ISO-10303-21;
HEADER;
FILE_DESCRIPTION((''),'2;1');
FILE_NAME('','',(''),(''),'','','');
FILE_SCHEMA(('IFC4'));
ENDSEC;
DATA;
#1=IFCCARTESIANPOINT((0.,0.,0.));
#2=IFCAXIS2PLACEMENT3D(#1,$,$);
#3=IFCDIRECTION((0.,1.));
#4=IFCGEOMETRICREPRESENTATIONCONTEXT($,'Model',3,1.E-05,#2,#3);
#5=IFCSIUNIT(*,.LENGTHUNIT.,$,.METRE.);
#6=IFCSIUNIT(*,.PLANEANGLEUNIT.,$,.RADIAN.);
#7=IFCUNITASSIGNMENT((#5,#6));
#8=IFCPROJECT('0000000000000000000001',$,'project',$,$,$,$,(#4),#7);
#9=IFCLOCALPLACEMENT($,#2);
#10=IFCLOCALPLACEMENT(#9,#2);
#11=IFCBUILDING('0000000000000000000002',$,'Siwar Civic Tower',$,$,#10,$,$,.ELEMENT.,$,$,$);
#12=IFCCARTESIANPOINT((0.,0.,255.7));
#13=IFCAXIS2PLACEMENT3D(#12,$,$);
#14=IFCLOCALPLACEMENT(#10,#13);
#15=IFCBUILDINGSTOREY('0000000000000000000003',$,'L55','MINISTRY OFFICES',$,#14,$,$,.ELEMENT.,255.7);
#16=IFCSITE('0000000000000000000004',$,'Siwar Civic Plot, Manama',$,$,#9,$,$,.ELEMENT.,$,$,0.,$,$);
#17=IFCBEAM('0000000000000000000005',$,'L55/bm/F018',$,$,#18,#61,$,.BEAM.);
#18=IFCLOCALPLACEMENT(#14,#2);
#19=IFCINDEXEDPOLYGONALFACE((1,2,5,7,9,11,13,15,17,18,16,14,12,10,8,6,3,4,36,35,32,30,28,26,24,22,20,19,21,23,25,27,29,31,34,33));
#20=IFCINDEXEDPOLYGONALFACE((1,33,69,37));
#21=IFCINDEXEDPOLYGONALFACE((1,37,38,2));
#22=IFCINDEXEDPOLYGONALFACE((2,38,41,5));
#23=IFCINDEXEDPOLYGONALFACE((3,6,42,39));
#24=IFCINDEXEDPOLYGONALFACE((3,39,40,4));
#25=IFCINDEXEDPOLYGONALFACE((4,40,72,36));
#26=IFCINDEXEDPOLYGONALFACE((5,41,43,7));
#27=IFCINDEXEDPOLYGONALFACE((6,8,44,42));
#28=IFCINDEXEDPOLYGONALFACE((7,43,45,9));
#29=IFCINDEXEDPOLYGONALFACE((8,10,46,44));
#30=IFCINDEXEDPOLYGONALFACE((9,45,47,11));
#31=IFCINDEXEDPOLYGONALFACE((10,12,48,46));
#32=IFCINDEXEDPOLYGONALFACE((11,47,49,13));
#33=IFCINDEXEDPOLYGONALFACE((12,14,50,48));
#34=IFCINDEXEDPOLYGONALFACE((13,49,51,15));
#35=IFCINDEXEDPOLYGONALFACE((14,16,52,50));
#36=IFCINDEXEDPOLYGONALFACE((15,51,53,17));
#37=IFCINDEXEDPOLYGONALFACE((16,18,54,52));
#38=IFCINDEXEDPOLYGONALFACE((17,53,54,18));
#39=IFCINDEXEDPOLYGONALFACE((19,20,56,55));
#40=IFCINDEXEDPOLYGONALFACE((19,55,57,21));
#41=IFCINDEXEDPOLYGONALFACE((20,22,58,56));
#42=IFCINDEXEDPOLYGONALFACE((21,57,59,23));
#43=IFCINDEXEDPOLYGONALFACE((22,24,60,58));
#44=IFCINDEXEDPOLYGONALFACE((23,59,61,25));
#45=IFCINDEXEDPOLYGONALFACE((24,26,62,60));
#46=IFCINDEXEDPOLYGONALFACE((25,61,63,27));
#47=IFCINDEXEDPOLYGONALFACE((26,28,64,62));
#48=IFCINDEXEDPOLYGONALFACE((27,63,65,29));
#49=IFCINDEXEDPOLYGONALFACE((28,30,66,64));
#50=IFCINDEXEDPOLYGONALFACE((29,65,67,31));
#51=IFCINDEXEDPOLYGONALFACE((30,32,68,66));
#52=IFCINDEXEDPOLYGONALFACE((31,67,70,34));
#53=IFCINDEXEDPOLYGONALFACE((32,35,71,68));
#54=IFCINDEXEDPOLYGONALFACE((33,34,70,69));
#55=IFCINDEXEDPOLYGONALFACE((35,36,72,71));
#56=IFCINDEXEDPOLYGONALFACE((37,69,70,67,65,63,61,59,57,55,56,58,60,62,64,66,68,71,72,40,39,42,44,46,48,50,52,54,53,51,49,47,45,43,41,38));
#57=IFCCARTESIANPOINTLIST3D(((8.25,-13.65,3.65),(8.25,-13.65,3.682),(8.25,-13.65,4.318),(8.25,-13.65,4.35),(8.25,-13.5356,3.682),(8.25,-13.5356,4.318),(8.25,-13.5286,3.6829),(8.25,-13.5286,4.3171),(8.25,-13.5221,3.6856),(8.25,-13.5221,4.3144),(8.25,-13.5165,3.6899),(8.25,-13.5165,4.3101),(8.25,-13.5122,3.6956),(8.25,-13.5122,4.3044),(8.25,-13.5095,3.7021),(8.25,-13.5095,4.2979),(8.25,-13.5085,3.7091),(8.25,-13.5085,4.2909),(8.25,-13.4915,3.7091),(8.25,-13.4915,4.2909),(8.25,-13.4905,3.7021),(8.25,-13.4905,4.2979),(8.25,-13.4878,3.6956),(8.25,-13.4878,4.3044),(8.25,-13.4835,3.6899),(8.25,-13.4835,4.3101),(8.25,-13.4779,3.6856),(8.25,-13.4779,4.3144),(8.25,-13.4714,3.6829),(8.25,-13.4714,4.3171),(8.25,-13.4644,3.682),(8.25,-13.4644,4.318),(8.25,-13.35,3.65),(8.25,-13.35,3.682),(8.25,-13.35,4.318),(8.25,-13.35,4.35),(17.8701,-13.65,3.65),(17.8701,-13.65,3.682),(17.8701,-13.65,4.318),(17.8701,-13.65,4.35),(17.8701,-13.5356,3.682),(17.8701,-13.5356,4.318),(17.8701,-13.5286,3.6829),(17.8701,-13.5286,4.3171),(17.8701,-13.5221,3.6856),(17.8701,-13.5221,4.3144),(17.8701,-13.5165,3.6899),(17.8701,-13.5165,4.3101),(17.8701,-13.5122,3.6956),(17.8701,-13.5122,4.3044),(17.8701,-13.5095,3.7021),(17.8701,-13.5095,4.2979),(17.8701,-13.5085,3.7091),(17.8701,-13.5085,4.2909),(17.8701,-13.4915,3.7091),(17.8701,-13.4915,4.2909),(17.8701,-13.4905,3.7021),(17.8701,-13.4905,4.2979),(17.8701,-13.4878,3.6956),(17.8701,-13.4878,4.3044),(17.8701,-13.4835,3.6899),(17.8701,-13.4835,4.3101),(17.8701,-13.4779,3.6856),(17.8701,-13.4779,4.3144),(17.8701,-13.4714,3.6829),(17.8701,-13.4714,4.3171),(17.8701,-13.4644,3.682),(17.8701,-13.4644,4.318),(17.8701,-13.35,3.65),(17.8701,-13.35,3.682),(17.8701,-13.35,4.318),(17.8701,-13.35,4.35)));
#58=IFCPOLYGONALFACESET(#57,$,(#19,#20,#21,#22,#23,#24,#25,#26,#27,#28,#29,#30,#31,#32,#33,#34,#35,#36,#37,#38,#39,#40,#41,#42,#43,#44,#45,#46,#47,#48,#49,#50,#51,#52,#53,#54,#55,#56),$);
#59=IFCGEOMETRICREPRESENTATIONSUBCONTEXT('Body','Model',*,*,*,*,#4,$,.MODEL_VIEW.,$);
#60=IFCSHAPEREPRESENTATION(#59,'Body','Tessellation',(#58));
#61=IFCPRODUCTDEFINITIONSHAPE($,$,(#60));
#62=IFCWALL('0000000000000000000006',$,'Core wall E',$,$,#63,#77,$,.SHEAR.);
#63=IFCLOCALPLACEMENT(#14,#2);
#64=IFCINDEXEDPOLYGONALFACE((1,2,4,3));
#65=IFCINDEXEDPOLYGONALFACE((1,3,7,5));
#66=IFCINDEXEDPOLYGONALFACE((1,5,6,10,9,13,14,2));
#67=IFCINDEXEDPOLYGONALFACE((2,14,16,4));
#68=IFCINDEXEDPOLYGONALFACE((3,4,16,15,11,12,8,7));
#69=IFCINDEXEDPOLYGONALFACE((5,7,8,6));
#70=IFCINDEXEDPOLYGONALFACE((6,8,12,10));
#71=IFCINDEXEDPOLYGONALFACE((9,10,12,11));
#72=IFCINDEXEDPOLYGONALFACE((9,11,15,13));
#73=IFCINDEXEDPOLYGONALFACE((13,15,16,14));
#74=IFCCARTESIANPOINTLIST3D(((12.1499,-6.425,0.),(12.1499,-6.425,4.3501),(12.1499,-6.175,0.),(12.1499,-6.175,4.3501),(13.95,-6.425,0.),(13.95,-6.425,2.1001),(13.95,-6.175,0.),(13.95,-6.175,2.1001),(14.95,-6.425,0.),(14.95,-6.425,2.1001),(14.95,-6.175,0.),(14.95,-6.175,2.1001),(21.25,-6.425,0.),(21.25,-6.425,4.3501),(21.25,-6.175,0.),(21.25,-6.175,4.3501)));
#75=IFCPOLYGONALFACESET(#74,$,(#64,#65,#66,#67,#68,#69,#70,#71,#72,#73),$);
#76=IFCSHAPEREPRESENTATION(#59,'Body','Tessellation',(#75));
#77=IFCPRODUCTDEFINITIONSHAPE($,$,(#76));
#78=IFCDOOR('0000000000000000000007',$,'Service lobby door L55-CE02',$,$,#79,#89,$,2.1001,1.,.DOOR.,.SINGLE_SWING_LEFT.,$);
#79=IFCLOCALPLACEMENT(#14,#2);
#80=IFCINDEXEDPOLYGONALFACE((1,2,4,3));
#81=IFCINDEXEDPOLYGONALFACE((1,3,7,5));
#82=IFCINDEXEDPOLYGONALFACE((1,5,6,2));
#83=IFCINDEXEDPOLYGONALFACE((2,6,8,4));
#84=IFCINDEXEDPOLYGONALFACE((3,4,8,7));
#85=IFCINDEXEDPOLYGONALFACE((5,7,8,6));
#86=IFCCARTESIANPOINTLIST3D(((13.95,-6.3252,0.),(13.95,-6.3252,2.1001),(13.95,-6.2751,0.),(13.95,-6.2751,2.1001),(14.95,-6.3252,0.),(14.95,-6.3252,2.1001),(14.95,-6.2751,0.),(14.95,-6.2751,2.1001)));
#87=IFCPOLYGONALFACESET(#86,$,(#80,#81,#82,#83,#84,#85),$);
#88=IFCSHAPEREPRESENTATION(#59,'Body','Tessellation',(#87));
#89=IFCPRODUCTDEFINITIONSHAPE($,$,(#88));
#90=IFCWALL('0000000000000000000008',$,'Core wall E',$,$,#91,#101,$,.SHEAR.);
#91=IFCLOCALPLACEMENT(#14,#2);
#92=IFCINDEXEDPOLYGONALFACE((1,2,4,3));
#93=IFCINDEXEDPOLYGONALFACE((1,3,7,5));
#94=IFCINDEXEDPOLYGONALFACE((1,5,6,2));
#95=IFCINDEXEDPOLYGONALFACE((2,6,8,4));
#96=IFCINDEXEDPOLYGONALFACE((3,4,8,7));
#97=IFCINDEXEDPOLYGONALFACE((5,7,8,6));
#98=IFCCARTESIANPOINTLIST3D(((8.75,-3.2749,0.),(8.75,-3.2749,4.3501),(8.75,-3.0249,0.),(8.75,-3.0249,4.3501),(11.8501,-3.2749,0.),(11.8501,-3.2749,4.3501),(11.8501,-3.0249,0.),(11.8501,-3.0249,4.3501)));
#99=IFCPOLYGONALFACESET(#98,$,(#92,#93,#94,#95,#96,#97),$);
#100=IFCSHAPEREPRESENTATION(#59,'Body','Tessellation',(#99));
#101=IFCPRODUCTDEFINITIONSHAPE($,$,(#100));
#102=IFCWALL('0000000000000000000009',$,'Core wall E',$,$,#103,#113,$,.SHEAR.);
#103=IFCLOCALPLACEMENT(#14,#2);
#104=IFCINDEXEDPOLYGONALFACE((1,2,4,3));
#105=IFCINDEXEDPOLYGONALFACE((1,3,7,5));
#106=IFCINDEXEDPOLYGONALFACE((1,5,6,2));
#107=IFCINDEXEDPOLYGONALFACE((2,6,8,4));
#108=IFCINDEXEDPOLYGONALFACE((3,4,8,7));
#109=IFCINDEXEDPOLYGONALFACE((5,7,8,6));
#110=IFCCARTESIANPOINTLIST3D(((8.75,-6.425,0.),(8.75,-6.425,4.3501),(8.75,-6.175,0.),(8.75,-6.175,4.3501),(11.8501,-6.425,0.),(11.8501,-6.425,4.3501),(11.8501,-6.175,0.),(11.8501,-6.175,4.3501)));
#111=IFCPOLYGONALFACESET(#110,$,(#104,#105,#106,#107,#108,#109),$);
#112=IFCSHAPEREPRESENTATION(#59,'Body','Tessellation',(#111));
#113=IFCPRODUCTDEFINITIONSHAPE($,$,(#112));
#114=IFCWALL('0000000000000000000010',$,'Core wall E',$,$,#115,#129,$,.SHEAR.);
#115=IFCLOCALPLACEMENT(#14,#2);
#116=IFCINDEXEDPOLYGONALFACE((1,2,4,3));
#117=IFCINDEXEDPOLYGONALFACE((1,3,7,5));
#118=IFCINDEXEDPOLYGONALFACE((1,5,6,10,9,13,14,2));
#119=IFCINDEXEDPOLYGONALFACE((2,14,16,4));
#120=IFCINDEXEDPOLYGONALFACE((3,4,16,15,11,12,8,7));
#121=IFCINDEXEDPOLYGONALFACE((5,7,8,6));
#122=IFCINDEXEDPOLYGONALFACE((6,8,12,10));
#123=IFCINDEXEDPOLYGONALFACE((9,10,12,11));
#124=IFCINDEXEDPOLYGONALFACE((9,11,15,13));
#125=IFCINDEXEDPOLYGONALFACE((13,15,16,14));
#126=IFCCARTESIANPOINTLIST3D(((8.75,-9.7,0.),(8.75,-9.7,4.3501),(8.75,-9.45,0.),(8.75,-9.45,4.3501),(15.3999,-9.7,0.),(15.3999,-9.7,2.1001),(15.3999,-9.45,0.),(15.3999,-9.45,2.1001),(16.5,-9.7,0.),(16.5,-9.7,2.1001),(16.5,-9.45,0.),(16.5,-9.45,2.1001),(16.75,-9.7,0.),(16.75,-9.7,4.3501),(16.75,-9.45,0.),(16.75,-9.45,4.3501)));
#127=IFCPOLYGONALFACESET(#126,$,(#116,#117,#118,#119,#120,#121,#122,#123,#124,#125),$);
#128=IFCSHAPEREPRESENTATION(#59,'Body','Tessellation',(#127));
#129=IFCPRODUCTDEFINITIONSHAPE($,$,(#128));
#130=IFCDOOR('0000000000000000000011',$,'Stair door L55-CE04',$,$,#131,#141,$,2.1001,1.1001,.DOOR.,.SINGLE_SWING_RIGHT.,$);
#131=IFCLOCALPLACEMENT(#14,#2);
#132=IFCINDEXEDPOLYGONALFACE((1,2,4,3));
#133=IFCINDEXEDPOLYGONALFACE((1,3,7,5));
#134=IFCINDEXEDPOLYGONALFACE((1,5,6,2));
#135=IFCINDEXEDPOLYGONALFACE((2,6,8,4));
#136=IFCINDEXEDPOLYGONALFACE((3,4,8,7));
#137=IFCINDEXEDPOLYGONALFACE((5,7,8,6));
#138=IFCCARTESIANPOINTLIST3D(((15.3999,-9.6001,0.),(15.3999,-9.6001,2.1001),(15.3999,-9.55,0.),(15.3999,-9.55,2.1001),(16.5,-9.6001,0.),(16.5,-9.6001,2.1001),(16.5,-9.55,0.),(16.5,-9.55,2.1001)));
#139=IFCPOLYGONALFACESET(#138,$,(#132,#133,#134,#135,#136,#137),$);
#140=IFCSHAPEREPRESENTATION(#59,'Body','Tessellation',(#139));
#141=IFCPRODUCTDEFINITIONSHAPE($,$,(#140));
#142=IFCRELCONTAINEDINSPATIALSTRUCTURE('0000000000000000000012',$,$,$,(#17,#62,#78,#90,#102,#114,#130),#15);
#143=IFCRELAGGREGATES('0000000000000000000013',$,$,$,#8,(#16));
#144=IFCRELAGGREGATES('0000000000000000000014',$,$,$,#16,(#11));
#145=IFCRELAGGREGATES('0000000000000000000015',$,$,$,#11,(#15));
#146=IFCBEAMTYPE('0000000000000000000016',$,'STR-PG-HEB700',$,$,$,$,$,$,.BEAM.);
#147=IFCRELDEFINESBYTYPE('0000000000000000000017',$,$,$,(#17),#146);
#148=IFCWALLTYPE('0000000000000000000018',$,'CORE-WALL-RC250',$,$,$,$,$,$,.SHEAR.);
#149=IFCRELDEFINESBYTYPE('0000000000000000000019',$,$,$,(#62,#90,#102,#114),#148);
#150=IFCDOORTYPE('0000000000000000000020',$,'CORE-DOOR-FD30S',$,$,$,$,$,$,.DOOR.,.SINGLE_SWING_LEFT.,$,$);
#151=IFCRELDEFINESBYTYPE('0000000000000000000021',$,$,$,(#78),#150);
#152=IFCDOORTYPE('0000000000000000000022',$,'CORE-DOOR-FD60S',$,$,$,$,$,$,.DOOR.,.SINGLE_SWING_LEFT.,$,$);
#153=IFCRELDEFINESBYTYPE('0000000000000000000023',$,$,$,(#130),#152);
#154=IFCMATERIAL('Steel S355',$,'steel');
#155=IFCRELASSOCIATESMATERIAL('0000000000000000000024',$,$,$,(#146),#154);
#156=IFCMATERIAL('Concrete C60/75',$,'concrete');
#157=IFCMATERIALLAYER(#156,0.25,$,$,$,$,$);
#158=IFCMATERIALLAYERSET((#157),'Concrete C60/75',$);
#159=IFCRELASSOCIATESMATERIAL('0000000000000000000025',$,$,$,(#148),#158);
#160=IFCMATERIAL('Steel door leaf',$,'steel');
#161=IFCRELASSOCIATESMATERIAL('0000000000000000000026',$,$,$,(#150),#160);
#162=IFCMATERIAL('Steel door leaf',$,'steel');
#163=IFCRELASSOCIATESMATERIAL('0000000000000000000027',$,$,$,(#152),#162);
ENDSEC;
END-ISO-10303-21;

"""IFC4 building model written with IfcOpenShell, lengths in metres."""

from ifc_helpers import new_model, si_unit, direction, frame, frame_2d, origin, origin_2d, place, context, subcontext, project, spatial, rectangle, i_section, extrude, material, layer, layer_set, material_profile, profile_set, type_object, element, fill, save


model = new_model("IFC4")

# Units and contexts
model_context = context("Model", 3, precision=1e-05, world=origin(), true_north=direction((0.0, 1.0)))
body_context = subcontext(model_context, "Body", "Model", "MODEL_VIEW")
ifc_project = project(units=[si_unit("LENGTHUNIT", "METRE"), si_unit("PLANEANGLEUNIT", "RADIAN")], contexts=[model_context])

# Site, building, storey
site_placement = place(None, origin())
site = spatial("IfcSite", under=ifc_project, at=site_placement, Name="Siwar Civic Plot, Manama", CompositionType="ELEMENT", RefElevation=0.0)
building_placement = place(site_placement, origin())
building = spatial("IfcBuilding", under=site, at=building_placement, Name="Siwar Civic Tower", CompositionType="ELEMENT")
storey_placement = place(building_placement, frame((0.0, 0.0, 255.7)))
storey = spatial("IfcBuildingStorey", under=building, at=storey_placement, Name="L55", Description="MINISTRY OFFICES", CompositionType="ELEMENT", Elevation=255.7)

# Beam
ifc_material_1 = material(Name="Steel S355", Category="steel")
ifc_material_profile = material_profile(ifc_material_1, i_section(OverallWidth=0.3, OverallDepth=0.7, WebThickness=0.0171, FlangeThickness=0.032, FilletRadius=0.0271, at=origin_2d()), Name="HEB700")
ifc_profile_set = profile_set([ifc_material_profile], Name="Steel S355")
beam_type = type_object("IfcBeamType", Name="STR-PG-HEB700", PredefinedType="BEAM", material=ifc_profile_set)
beam_placement = place(storey_placement, frame((8.25, -13.5, 4.0), z_axis=(1.0, 0.0, 0.0), x_axis=(0.0, 1.0, 0.0)))
element("IfcBeam", 1, at=beam_placement, inside=storey, type_object=beam_type, Name="L55/bm/F018", PredefinedType="BEAM", context=body_context, shape_type="SweptSolid", body=[
    extrude(i_section(OverallWidth=0.3, OverallDepth=0.7, WebThickness=0.0171, FlangeThickness=0.032, FilletRadius=0.0271, at=origin_2d()), origin(), (0.0, 0.0, 1.0), 9.6201),
])

# Wall, opening, door
ifc_material_2 = material(Name="Concrete C60/75", Category="concrete")
ifc_layer_1 = layer(ifc_material_2, 0.25)
ifc_layer_set_1 = layer_set([ifc_layer_1], Name="Concrete C60/75")
wall_type_1 = type_object("IfcWallType", Name="CORE-WALL-RC250", PredefinedType="SHEAR", material=ifc_layer_set_1)
wall_1_placement = place(storey_placement, frame((12.1499, -6.3, 0.0), z_axis=(0.0, 0.0, 1.0), x_axis=(1.0, 0.0, 0.0)))
wall_1 = element("IfcWall", 2, at=wall_1_placement, inside=storey, type_object=wall_type_1, Name="Core wall E", PredefinedType="SHEAR", context=body_context, shape_type="SweptSolid", body=[
    extrude(rectangle(XDim=9.1001, YDim=0.25, at=frame_2d((4.55, 0.0))), origin(), (0.0, 0.0, 1.0), 4.3501),
])
opening_1_placement = place(wall_1_placement, frame((1.8, 0.0, 0.0)))
opening_1 = element("IfcOpeningElement", 3, at=opening_1_placement, cuts=wall_1, PredefinedType="OPENING", context=body_context, shape_type="SweptSolid", body=[
    extrude(rectangle(XDim=1.0, YDim=2.1001, at=frame_2d((0.5, 1.05))), frame((0.0, 0.135, 0.0), z_axis=(0.0, -1.0, 0.0), x_axis=(1.0, 0.0, 0.0)), (0.0, 0.0, 1.0), 0.27),
])
ifc_material_3 = material(Name="Steel door leaf", Category="steel")
door_type_1 = type_object("IfcDoorType", Name="CORE-DOOR-FD30S", OperationType="SINGLE_SWING_LEFT", PredefinedType="DOOR", material=ifc_material_3)
door_1_placement = place(opening_1_placement, origin())
door_1 = element("IfcDoor", 4, at=door_1_placement, inside=storey, type_object=door_type_1, Name="Service lobby door L55-CE02", OperationType="SINGLE_SWING_LEFT", OverallHeight=2.1001, OverallWidth=1.0, PredefinedType="DOOR", context=body_context, shape_type="SweptSolid", body=[
    extrude(rectangle(XDim=1.0, YDim=2.1001, at=frame_2d((0.5, 1.05))), frame((0.0, 0.0249, 0.0), z_axis=(0.0, -1.0, 0.0), x_axis=(1.0, 0.0, 0.0)), (0.0, 0.0, 1.0), 0.05),
])
fill(opening_1, door_1)

# Walls
for number, where, z_axis, x_axis, name in (
    (5, (8.75, -3.1499, 0.0), (0.0, 0.0, 1.0), (1.0, 0.0, 0.0), "Core wall E"),
    (6, (8.75, -6.3, 0.0), (0.0, 0.0, 1.0), (1.0, 0.0, 0.0), "Core wall E"),
):
    element("IfcWall", number, at=place(storey_placement, frame(where, z_axis=z_axis, x_axis=x_axis)), inside=storey, type_object=wall_type_1, Name=name, PredefinedType="SHEAR", context=body_context, shape_type="SweptSolid", body=[
        extrude(rectangle(XDim=3.1001, YDim=0.25, at=frame_2d((1.55, 0.0))), origin(), (0.0, 0.0, 1.0), 4.3501),
    ])

# Wall, opening, door
wall_2_placement = place(storey_placement, frame((8.75, -9.575, 0.0), z_axis=(0.0, 0.0, 1.0), x_axis=(1.0, 0.0, 0.0)))
wall_2 = element("IfcWall", 7, at=wall_2_placement, inside=storey, type_object=wall_type_1, Name="Core wall E", PredefinedType="SHEAR", context=body_context, shape_type="SweptSolid", body=[
    extrude(rectangle(XDim=8.0, YDim=0.25, at=frame_2d((4.0, 0.0))), origin(), (0.0, 0.0, 1.0), 4.3501),
])
opening_2_placement = place(wall_2_placement, frame((6.6499, 0.0, 0.0)))
opening_2 = element("IfcOpeningElement", 8, at=opening_2_placement, cuts=wall_2, PredefinedType="OPENING", context=body_context, shape_type="SweptSolid", body=[
    extrude(rectangle(XDim=1.1001, YDim=2.1001, at=frame_2d((0.55, 1.05))), frame((0.0, 0.135, 0.0), z_axis=(0.0, -1.0, 0.0), x_axis=(1.0, 0.0, 0.0)), (0.0, 0.0, 1.0), 0.27),
])
ifc_material_4 = material(Name="Steel door leaf", Category="steel")
door_type_2 = type_object("IfcDoorType", Name="CORE-DOOR-FD60S", OperationType="SINGLE_SWING_LEFT", PredefinedType="DOOR", material=ifc_material_4)
door_2_placement = place(opening_2_placement, origin())
door_2 = element("IfcDoor", 9, at=door_2_placement, inside=storey, type_object=door_type_2, Name="Stair door L55-CE04", OperationType="SINGLE_SWING_RIGHT", OverallHeight=2.1001, OverallWidth=1.1001, PredefinedType="DOOR", context=body_context, shape_type="SweptSolid", body=[
    extrude(rectangle(XDim=1.1001, YDim=2.1001, at=frame_2d((0.55, 1.05))), frame((0.0, 0.0249, 0.0), z_axis=(0.0, -1.0, 0.0), x_axis=(1.0, 0.0, 0.0)), (0.0, 0.0, 1.0), 0.05),
])
fill(opening_2, door_2)

save(model, "model.ifc")
